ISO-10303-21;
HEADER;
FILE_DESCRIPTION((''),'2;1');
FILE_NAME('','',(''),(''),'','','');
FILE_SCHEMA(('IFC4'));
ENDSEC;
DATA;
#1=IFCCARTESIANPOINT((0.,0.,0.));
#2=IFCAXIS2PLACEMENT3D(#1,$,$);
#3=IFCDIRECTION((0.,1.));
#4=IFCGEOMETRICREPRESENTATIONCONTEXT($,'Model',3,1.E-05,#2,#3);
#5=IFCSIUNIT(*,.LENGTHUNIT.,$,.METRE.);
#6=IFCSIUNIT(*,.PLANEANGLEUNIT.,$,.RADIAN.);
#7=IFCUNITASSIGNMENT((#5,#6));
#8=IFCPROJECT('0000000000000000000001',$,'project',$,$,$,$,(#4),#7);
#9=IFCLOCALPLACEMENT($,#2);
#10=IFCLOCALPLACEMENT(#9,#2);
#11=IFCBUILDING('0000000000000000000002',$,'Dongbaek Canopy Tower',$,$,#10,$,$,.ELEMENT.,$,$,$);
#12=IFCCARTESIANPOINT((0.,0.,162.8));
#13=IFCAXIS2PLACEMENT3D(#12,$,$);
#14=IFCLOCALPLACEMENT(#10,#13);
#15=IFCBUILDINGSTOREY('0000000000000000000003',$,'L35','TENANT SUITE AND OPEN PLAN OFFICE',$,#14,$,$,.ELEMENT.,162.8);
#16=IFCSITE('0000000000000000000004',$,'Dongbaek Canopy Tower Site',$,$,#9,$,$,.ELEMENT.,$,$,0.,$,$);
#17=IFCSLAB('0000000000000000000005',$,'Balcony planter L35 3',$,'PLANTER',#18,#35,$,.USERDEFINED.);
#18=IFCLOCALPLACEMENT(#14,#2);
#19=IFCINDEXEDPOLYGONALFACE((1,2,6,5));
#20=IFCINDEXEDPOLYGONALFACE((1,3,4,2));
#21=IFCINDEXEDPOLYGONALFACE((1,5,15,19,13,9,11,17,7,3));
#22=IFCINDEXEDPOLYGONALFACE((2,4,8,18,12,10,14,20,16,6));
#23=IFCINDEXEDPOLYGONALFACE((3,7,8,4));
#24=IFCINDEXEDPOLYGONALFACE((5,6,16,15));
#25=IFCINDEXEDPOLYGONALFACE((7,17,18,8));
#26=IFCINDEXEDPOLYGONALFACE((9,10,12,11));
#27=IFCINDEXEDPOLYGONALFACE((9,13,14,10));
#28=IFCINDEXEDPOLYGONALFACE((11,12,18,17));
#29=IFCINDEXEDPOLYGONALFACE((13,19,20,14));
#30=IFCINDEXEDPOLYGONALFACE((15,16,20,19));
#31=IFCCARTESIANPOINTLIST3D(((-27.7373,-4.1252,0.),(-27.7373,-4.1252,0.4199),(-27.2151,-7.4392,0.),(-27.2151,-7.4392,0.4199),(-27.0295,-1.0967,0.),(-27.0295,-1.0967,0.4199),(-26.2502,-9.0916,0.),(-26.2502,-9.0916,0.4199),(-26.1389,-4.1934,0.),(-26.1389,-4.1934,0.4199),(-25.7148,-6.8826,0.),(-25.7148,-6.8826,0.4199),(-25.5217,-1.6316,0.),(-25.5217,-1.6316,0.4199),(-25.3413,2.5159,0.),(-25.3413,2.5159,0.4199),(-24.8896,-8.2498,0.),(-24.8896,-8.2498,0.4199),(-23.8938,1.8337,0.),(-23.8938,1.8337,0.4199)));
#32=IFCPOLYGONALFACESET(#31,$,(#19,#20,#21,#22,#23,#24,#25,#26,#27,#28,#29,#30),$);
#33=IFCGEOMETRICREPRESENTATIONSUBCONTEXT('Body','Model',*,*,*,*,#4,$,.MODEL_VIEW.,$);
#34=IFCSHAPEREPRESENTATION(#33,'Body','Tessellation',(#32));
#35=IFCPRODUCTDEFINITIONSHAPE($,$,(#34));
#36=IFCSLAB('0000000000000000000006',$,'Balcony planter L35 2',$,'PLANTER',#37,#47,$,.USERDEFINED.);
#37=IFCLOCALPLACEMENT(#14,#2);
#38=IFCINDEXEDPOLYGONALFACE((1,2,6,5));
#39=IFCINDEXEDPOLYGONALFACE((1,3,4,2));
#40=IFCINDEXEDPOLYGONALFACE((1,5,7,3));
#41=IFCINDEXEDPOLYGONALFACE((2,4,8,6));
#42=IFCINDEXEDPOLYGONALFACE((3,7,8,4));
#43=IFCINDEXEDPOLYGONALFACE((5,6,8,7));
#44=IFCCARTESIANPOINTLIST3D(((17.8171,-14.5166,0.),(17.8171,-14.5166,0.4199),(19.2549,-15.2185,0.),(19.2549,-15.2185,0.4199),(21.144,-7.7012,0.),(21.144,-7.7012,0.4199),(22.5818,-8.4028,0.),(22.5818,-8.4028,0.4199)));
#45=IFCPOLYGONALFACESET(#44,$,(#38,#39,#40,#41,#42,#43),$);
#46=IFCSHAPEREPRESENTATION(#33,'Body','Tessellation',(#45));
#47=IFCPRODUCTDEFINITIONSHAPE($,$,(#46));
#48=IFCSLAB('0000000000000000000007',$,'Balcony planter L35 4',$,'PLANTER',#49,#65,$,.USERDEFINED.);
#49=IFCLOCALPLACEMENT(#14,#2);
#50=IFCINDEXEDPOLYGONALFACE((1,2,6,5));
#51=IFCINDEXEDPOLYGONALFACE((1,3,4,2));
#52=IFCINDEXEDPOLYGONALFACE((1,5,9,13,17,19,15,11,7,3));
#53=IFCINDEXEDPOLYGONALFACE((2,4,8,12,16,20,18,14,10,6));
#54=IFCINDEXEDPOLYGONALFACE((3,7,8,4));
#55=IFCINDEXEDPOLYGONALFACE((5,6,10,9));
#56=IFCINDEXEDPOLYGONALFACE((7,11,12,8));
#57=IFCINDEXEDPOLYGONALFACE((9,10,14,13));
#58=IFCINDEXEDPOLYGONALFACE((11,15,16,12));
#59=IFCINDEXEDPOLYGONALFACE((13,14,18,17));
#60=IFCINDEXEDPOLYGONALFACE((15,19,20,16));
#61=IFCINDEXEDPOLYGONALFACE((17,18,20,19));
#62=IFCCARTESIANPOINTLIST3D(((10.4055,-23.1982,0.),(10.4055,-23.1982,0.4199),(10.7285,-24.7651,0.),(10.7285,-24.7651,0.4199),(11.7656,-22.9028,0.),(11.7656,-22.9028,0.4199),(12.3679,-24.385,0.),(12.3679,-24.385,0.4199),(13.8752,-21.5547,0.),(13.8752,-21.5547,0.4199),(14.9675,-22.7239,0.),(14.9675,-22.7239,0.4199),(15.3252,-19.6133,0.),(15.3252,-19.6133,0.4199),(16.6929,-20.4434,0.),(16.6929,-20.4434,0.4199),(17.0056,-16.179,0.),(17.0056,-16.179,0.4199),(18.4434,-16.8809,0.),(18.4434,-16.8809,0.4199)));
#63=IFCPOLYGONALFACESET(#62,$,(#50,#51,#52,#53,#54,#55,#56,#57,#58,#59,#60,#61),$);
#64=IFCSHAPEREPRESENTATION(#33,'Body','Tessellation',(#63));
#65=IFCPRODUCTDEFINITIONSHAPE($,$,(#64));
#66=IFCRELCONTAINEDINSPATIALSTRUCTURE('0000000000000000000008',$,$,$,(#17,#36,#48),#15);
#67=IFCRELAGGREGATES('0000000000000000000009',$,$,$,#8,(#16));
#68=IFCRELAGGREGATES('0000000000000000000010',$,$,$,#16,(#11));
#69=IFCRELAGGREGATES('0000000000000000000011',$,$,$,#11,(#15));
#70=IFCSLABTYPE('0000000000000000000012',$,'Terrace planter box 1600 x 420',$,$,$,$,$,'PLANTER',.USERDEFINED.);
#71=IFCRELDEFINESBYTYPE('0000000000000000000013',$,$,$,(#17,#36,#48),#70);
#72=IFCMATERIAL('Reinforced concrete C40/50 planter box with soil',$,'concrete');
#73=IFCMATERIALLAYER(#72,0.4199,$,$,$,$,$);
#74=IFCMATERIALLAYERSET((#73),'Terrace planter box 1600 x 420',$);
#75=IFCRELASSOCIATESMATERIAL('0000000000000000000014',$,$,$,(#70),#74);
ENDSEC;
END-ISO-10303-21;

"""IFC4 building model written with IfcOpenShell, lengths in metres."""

from ifc_helpers import new_model, si_unit, direction, frame, origin, place, context, subcontext, project, spatial, polyline, outline, extrude, material, layer, layer_set, type_object, element, save


model = new_model("IFC4")

# Units and contexts
model_context = context("Model", 3, precision=1e-05, world=origin(), true_north=direction((0.0, 1.0)))
body_context = subcontext(model_context, "Body", "Model", "MODEL_VIEW")
ifc_project = project(units=[si_unit("LENGTHUNIT", "METRE"), si_unit("PLANEANGLEUNIT", "RADIAN")], contexts=[model_context])

# Site, building, storey
site_placement = place(None, origin())
site = spatial("IfcSite", under=ifc_project, at=site_placement, Name="Dongbaek Canopy Tower Site", CompositionType="ELEMENT", RefElevation=0.0)
building_placement = place(site_placement, origin())
building = spatial("IfcBuilding", under=site, at=building_placement, Name="Dongbaek Canopy Tower", CompositionType="ELEMENT")
storey_placement = place(building_placement, frame((0.0, 0.0, 162.8)))
storey = spatial("IfcBuildingStorey", under=building, at=storey_placement, Name="L35", Description="TENANT SUITE AND OPEN PLAN OFFICE", CompositionType="ELEMENT", Elevation=162.8)

# Slabs
ifc_material_1 = material(Name="Reinforced concrete C40/50 planter box with soil", Category="concrete")
ifc_layer_1 = layer(ifc_material_1, 0.4199)
ifc_layer_set_1 = layer_set([ifc_layer_1], Name="Terrace planter box 1600 x 420")
slab_type_1 = type_object("IfcSlabType", Name="Terrace planter box 1600 x 420", ElementType="PLANTER", PredefinedType="USERDEFINED", material=ifc_layer_set_1)
slab_1_placement = place(storey_placement, origin())
element("IfcSlab", 1, at=slab_1_placement, inside=storey, type_object=slab_type_1, Name="Balcony planter L35 3", ObjectType="PLANTER", PredefinedType="USERDEFINED", context=body_context, shape_type="SweptSolid", body=[
    extrude(outline(polyline([(-23.8938, 1.8337), (-25.5217, -1.6316), (-26.1389, -4.1934), (-25.7148, -6.8826), (-24.8896, -8.2498), (-26.2502, -9.0916), (-27.2151, -7.4392), (-27.7373, -4.1252), (-27.0295, -1.0967), (-25.3413, 2.5159), (-23.8938, 1.8337)])), origin(), (0.0, 0.0, 1.0), 0.4199),
])
slab_2_placement = place(storey_placement, origin())
element("IfcSlab", 2, at=slab_2_placement, inside=storey, type_object=slab_type_1, Name="Balcony planter L35 2", ObjectType="PLANTER", PredefinedType="USERDEFINED", context=body_context, shape_type="SweptSolid", body=[
    extrude(outline(polyline([(17.8171, -14.5166), (21.144, -7.7012), (22.5818, -8.4028), (19.2549, -15.2185), (17.8171, -14.5166)])), origin(), (0.0, 0.0, 1.0), 0.4199),
])
slab_3_placement = place(storey_placement, origin())
element("IfcSlab", 3, at=slab_3_placement, inside=storey, type_object=slab_type_1, Name="Balcony planter L35 4", ObjectType="PLANTER", PredefinedType="USERDEFINED", context=body_context, shape_type="SweptSolid", body=[
    extrude(outline(polyline([(10.4055, -23.1982), (11.7656, -22.9028), (13.8752, -21.5547), (15.3252, -19.6133), (17.0056, -16.179), (18.4434, -16.8809), (16.6929, -20.4434), (14.9675, -22.7239), (12.3679, -24.385), (10.7285, -24.7651), (10.4055, -23.1982)])), origin(), (0.0, 0.0, 1.0), 0.4199),
])

save(model, "model.ifc")
